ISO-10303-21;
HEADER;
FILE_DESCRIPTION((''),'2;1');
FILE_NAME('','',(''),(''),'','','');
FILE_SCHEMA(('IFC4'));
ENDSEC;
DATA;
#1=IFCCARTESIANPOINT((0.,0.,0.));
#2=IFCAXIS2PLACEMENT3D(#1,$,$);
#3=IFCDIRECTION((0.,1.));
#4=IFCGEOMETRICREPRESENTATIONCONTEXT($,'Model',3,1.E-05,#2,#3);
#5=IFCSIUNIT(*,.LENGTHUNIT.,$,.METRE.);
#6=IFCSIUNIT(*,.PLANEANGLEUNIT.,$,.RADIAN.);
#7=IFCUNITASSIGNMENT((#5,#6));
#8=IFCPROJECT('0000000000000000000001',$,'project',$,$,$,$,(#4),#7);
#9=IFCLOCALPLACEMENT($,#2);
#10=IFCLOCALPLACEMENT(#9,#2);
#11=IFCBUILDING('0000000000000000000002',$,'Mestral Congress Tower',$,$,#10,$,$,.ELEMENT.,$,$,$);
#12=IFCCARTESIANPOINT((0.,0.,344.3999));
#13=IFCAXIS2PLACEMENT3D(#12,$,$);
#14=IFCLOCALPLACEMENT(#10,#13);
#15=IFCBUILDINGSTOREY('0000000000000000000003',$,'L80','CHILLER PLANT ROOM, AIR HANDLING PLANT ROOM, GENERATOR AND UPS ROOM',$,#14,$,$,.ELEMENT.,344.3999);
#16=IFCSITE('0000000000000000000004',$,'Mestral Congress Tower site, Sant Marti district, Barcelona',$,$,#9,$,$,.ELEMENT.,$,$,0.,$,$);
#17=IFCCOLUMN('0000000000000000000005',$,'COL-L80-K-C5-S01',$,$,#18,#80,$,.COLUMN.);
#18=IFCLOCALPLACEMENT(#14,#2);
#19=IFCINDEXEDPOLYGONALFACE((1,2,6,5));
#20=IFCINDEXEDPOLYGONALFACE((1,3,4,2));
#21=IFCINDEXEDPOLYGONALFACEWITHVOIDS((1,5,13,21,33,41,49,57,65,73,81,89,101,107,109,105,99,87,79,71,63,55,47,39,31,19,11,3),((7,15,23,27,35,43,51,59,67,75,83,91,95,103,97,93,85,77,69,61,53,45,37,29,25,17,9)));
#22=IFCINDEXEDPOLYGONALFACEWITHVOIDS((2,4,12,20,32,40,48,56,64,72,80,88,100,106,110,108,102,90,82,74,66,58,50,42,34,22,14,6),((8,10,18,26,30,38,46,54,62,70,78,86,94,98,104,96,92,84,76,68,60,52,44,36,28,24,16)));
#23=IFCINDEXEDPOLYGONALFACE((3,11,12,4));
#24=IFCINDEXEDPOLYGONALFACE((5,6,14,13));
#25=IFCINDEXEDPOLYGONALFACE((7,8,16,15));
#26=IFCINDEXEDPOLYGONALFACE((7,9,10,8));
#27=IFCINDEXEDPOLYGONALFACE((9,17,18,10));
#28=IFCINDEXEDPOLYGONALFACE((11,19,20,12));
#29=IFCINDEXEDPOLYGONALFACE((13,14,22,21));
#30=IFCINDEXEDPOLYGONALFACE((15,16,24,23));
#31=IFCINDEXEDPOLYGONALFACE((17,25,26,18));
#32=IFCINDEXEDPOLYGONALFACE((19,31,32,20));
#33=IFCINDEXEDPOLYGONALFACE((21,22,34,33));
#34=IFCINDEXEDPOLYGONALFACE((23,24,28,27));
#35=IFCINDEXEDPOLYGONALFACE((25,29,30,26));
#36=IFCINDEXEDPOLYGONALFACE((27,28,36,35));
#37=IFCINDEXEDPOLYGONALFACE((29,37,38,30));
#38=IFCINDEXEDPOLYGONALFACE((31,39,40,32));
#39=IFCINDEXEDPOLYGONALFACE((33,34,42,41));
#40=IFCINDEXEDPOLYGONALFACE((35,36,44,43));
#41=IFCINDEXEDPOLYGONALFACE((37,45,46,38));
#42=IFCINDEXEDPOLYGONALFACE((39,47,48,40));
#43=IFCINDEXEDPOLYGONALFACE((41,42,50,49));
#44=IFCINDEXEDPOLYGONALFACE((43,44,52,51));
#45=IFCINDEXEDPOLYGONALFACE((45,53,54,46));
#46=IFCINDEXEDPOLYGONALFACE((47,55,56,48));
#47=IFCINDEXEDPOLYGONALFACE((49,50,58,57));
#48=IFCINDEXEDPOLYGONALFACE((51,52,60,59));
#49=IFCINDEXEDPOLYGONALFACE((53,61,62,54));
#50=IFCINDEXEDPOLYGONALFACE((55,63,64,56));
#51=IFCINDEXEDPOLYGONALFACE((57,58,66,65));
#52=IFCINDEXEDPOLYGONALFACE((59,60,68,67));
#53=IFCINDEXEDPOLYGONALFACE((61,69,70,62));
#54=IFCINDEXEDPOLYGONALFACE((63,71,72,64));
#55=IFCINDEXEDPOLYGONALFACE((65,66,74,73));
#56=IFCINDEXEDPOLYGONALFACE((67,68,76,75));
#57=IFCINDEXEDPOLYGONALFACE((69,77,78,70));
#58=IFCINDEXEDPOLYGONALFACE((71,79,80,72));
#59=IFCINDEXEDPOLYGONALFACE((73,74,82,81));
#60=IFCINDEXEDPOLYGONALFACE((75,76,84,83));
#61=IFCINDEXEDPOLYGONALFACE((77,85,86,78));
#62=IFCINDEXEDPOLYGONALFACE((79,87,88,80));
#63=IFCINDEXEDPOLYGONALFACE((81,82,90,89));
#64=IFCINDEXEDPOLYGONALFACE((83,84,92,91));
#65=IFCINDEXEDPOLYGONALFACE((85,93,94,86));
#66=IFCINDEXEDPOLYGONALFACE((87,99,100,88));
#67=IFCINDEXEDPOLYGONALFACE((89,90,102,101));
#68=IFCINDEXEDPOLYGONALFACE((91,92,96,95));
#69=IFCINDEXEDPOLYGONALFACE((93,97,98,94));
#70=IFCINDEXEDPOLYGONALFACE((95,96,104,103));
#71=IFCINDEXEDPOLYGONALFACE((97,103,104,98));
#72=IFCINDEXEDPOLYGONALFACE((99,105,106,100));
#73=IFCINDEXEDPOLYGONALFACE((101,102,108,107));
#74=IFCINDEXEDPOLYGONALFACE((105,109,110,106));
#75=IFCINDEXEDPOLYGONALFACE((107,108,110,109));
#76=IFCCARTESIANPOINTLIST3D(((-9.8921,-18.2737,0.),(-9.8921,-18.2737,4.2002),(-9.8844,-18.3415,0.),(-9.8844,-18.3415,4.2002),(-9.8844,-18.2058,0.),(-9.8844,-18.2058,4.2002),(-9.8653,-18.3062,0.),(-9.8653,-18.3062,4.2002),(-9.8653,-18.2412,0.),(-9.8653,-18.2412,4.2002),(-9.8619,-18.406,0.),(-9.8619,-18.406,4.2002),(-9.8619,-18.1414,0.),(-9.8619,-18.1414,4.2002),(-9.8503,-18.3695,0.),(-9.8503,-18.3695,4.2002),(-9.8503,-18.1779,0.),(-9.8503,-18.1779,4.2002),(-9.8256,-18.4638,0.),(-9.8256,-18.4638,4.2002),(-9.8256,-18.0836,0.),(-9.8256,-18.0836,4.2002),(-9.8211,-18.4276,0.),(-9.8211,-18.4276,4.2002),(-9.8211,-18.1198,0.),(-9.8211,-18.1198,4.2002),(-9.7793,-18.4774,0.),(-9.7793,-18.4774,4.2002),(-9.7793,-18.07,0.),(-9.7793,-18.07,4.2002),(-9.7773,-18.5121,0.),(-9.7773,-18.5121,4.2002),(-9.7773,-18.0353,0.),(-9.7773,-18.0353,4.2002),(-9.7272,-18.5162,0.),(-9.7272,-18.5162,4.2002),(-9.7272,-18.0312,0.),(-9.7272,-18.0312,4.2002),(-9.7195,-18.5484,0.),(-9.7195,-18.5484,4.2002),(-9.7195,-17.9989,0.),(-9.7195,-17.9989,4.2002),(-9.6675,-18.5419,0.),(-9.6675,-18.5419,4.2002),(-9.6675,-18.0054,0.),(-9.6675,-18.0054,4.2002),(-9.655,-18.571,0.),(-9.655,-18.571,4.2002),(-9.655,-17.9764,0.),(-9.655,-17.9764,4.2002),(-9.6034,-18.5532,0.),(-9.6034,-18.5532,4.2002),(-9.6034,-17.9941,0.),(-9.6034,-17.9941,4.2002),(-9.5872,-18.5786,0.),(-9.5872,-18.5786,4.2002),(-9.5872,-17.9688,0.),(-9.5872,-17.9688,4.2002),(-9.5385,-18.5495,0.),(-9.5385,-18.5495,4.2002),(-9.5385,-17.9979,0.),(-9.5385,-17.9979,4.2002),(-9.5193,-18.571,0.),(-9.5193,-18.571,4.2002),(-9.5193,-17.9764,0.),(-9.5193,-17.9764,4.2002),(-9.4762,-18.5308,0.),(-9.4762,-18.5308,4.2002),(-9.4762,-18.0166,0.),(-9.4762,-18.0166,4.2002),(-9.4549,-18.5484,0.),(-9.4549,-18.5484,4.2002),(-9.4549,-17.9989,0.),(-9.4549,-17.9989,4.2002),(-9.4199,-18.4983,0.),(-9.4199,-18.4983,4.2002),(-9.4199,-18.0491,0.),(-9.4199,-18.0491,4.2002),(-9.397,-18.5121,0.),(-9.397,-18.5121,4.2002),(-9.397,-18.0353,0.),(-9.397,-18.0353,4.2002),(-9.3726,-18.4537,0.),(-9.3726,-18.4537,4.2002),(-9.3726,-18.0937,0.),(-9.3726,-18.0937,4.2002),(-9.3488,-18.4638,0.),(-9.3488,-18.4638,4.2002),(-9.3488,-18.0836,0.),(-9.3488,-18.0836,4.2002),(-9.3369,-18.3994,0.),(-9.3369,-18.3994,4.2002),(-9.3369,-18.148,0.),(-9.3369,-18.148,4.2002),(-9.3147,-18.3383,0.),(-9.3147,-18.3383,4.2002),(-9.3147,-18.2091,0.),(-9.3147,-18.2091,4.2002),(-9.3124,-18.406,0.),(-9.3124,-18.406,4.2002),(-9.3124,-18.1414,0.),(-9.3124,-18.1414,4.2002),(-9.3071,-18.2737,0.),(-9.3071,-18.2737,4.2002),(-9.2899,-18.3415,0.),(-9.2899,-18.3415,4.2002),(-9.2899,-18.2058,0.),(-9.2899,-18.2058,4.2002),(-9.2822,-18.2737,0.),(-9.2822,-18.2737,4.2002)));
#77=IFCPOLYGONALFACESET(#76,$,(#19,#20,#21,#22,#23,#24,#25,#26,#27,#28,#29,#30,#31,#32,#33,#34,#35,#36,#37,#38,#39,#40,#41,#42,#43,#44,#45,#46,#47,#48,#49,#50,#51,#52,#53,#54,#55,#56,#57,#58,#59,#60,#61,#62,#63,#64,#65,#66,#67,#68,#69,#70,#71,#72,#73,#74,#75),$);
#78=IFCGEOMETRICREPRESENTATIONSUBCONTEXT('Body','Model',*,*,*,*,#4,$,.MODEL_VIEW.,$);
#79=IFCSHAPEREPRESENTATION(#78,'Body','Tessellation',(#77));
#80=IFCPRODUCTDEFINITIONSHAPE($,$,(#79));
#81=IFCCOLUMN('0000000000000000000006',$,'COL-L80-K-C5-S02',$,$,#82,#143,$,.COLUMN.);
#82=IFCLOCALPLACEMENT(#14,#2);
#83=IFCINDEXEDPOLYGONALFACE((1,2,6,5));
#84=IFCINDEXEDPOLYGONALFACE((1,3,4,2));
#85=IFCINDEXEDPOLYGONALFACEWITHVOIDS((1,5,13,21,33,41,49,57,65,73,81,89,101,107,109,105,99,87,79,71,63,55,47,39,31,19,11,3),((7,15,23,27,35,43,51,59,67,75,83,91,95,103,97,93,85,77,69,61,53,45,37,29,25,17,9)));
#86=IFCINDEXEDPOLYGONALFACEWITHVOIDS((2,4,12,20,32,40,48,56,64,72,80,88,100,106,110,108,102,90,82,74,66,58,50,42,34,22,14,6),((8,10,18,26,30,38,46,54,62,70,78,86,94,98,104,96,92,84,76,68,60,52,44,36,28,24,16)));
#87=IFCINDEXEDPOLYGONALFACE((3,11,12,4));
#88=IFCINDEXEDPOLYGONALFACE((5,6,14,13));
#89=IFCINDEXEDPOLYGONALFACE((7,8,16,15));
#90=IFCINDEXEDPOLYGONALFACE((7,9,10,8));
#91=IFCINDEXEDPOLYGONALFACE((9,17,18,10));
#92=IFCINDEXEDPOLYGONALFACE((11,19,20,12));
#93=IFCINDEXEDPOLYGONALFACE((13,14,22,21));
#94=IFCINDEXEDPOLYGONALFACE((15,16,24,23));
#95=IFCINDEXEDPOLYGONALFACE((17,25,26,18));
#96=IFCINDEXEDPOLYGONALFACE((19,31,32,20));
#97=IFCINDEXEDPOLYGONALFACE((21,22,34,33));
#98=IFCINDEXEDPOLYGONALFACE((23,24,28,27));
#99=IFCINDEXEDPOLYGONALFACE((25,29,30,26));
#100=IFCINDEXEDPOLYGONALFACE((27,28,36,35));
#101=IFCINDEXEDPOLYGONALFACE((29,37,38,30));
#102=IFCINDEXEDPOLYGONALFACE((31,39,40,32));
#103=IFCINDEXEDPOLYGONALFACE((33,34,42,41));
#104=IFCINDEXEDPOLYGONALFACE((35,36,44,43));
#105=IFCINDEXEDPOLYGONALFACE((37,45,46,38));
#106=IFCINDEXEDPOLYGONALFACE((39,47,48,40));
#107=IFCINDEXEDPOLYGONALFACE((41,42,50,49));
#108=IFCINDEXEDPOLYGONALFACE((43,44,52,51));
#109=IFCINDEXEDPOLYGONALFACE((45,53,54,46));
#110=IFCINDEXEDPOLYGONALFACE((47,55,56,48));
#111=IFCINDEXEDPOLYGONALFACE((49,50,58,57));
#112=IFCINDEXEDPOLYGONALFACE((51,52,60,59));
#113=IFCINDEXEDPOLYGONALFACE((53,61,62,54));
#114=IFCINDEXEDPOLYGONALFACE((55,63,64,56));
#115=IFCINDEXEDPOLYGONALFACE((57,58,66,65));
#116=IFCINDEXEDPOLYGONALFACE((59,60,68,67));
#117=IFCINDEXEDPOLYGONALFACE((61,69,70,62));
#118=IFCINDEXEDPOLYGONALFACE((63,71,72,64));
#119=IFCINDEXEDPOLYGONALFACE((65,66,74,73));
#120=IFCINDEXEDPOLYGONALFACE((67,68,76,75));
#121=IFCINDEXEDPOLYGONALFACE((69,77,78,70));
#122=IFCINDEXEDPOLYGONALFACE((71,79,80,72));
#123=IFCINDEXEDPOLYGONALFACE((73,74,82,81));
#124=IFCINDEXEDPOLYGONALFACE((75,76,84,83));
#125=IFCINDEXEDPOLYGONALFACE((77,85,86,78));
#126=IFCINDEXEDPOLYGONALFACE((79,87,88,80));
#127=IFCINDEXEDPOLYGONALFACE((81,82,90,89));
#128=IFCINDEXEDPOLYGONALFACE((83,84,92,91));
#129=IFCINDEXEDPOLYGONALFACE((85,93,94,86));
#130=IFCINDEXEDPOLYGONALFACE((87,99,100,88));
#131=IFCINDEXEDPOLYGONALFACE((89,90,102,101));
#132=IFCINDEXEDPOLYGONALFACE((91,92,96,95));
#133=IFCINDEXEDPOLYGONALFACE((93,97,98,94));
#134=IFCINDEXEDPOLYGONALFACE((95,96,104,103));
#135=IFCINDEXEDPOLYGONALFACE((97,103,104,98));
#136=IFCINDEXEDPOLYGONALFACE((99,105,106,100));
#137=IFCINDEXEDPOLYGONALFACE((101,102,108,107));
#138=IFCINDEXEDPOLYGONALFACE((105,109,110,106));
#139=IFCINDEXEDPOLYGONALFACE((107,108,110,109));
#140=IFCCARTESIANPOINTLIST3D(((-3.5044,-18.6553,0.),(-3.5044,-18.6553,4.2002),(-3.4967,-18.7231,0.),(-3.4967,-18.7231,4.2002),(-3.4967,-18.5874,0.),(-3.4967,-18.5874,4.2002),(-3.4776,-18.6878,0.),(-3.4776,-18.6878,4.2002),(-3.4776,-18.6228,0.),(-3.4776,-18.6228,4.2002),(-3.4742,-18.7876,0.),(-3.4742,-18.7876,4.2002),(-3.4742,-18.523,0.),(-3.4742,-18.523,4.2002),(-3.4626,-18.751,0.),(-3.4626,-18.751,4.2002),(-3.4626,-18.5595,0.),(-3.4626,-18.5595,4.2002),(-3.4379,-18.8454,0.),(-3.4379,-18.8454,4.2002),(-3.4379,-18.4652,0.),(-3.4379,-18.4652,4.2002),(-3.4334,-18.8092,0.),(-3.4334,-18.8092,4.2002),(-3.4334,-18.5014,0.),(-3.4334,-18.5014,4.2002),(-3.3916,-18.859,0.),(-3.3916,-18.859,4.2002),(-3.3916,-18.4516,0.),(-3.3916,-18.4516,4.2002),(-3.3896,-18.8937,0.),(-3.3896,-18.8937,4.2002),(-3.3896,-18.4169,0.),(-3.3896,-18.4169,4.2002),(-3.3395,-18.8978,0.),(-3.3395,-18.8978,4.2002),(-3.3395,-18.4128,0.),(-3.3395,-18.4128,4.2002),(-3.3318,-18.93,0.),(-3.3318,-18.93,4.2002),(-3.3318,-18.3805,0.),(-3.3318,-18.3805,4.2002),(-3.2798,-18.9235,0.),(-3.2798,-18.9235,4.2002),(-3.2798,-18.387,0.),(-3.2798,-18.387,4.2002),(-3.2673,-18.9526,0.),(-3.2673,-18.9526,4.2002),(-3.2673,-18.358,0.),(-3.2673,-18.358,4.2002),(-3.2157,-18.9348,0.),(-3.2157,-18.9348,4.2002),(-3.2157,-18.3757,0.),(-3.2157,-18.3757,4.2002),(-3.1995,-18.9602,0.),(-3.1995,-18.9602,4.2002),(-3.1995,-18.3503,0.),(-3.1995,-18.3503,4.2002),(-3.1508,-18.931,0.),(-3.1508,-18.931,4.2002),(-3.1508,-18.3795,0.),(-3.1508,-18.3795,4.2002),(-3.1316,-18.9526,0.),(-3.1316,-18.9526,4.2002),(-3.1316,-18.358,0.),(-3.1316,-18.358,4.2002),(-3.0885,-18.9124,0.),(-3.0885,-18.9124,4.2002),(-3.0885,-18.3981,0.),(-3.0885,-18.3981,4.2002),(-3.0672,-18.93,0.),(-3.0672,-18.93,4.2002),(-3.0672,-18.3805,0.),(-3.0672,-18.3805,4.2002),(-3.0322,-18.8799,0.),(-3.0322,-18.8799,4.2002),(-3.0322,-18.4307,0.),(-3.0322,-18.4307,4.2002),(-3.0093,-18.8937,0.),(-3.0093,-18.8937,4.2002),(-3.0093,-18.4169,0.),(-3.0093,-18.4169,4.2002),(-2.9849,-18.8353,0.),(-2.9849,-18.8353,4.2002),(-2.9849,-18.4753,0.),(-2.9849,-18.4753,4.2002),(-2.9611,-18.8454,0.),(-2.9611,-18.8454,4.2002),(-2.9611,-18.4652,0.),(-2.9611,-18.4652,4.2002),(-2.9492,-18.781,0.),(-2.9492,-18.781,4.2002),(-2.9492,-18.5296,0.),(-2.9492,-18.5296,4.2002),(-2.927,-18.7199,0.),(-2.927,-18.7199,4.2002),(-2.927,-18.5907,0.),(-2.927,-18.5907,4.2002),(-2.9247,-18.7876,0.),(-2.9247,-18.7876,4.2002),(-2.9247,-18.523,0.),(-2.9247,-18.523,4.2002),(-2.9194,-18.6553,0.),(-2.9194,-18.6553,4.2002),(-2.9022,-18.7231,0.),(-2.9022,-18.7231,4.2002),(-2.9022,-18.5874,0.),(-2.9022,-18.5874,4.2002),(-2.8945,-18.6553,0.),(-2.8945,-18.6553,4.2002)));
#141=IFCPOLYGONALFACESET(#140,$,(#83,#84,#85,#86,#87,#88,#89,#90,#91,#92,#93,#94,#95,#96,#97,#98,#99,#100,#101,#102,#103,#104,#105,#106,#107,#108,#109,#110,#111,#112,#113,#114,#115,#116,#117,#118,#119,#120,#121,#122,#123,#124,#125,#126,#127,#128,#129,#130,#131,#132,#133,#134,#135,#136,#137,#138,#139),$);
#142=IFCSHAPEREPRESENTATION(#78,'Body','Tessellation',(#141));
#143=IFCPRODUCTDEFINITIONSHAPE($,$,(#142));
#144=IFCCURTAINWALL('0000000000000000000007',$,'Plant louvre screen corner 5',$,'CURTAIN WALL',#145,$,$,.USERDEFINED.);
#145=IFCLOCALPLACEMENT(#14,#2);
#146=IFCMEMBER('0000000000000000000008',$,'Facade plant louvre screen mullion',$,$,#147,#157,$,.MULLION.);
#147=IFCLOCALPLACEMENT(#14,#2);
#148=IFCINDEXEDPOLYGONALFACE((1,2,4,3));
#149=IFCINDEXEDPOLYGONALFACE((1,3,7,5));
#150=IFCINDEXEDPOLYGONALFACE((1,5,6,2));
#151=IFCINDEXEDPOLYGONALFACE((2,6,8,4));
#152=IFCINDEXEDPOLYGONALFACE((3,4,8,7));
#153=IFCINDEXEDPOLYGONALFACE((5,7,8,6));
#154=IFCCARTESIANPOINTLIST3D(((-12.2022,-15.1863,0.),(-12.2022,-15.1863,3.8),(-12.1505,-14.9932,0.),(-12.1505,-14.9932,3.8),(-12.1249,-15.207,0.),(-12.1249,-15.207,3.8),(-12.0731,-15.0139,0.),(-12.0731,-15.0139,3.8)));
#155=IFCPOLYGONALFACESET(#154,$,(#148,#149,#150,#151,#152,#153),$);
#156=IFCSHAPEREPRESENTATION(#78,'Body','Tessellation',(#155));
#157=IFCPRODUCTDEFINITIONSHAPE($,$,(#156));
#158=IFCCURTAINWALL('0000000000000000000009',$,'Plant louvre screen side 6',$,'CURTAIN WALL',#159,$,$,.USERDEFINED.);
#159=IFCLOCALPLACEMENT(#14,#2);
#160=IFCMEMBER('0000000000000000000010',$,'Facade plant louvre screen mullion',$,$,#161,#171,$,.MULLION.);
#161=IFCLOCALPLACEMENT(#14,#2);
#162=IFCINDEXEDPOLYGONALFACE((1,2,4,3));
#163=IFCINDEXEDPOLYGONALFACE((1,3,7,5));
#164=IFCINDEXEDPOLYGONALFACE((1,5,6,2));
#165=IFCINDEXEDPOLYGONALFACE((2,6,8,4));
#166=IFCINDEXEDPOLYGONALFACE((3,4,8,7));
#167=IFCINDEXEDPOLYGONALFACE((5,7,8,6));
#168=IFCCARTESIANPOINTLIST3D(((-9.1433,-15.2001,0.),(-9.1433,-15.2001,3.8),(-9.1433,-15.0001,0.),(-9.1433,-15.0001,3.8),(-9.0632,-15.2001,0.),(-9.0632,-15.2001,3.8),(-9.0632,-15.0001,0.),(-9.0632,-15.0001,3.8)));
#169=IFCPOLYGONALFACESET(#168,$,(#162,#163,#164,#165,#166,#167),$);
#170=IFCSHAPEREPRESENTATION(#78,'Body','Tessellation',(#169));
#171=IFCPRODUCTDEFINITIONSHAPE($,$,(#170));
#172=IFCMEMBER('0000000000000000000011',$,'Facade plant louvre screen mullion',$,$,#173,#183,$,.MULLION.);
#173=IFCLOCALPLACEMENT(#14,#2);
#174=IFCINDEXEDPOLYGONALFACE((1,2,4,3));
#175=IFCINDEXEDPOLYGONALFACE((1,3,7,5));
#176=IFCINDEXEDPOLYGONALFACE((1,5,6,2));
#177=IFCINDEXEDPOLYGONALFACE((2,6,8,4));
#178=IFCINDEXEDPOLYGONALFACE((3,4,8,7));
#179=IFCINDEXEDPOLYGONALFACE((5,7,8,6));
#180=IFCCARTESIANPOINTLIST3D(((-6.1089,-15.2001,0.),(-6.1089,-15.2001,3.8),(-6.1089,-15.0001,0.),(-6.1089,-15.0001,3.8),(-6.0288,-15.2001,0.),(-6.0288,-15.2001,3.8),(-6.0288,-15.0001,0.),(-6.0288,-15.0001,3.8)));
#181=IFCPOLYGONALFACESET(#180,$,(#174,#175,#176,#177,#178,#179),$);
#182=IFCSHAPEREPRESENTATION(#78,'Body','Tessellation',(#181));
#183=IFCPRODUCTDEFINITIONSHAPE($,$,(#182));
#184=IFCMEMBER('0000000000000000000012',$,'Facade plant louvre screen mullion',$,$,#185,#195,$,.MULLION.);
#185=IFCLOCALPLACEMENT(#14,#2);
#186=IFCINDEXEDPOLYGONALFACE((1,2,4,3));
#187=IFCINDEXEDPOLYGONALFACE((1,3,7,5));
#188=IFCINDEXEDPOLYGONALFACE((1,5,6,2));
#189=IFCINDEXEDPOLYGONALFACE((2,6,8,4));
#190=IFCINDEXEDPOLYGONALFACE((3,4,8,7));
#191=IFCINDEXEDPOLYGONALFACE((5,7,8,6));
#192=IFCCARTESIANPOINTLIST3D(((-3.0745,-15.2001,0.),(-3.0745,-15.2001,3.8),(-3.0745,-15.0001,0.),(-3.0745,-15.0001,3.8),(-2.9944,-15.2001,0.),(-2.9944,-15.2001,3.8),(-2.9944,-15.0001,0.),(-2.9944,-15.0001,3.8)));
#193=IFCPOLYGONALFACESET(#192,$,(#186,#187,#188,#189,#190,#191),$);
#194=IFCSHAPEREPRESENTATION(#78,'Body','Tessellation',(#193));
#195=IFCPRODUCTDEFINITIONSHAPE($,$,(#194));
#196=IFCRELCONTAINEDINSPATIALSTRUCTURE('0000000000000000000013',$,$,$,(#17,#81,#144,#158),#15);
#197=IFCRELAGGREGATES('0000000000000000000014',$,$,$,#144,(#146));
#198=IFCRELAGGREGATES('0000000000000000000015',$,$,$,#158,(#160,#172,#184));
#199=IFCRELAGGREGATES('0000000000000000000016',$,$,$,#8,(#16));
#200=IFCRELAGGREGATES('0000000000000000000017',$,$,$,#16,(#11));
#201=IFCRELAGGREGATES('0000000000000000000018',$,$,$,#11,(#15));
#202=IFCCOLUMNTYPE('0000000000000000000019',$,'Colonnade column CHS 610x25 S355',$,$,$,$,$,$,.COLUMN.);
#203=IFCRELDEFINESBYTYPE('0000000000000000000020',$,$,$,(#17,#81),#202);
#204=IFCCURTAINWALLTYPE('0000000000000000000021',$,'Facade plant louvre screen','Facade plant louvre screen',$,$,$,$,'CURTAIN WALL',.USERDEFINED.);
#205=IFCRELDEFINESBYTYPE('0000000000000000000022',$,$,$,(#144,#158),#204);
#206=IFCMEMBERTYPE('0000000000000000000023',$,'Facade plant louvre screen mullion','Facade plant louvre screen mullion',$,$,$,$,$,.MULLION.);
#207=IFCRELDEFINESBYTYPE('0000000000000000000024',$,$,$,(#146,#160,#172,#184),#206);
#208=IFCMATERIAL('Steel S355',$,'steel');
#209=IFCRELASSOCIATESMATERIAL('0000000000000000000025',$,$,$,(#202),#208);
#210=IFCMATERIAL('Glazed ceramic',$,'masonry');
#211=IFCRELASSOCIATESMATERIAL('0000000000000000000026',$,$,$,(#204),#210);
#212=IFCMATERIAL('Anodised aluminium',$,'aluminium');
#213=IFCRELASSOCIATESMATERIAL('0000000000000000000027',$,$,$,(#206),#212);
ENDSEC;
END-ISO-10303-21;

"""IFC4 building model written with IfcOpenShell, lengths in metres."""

from ifc_helpers import new_model, si_unit, direction, frame, origin, origin_2d, place, context, subcontext, project, spatial, rectangle, hollow_circle, extrude, material, material_profile, profile_set, type_object, element, aggregate, save


model = new_model("IFC4")

# Units and contexts
model_context = context("Model", 3, precision=1e-05, world=origin(), true_north=direction((0.0, 1.0)))
body_context = subcontext(model_context, "Body", "Model", "MODEL_VIEW")
ifc_project = project(units=[si_unit("LENGTHUNIT", "METRE"), si_unit("PLANEANGLEUNIT", "RADIAN")], contexts=[model_context])

# Site, building, storey
site_placement = place(None, origin())
site = spatial("IfcSite", under=ifc_project, at=site_placement, Name="Mestral Congress Tower site, Sant Marti district, Barcelona", CompositionType="ELEMENT", RefElevation=0.0)
building_placement = place(site_placement, origin())
building = spatial("IfcBuilding", under=site, at=building_placement, Name="Mestral Congress Tower", CompositionType="ELEMENT")
storey_placement = place(building_placement, frame((0.0, 0.0, 344.3999)))
storey = spatial("IfcBuildingStorey", under=building, at=storey_placement, Name="L80", Description="CHILLER PLANT ROOM, AIR HANDLING PLANT ROOM, GENERATOR AND UPS ROOM", CompositionType="ELEMENT", Elevation=344.3999)

# Columns
ifc_material_1 = material(Name="Steel S355", Category="steel")
ifc_material_profile_1 = material_profile(ifc_material_1, hollow_circle(Radius=0.3049, WallThickness=0.0249, at=origin_2d()), Name="CHS 610x25")
ifc_profile_set_1 = profile_set([ifc_material_profile_1], Name="Steel S355")
column_type = type_object("IfcColumnType", Name="Colonnade column CHS 610x25 S355", PredefinedType="COLUMN", material=ifc_profile_set_1)
for number, where, z_axis, x_axis, name in (
    (1, (-9.5872, -18.2737, 0.0), (0.0, 0.0, 1.0), (1.0, 0.0, 0.0), "COL-L80-K-C5-S01"),
    (2, (-3.1995, -18.6553, 0.0), (0.0, 0.0, 1.0), (1.0, 0.0, 0.0), "COL-L80-K-C5-S02"),
):
    element("IfcColumn", number, at=place(storey_placement, frame(where, z_axis=z_axis, x_axis=x_axis)), inside=storey, type_object=column_type, Name=name, PredefinedType="COLUMN", context=body_context, shape_type="SweptSolid", body=[
        extrude(hollow_circle(Radius=0.3049, WallThickness=0.0249, at=origin_2d()), origin(), (0.0, 0.0, 1.0), 4.2002),
    ])

# Curtain wall, member
ifc_material_2 = material(Name="Glazed ceramic", Category="masonry")
curtain_wall_type = type_object("IfcCurtainWallType", Name="Facade plant louvre screen", Description="Facade plant louvre screen", ElementType="CURTAIN WALL", PredefinedType="USERDEFINED", material=ifc_material_2)
placement = place(storey_placement, origin())
curtain_wall_1 = element("IfcCurtainWall", 3, at=placement, inside=storey, type_object=curtain_wall_type, Name="Plant louvre screen corner 5", ObjectType="CURTAIN WALL", PredefinedType="USERDEFINED")
ifc_material_3 = material(Name="Anodised aluminium", Category="aluminium")
ifc_material_profile_2 = material_profile(ifc_material_3, rectangle(XDim=0.2, YDim=0.0801, at=origin_2d()), Name="CW6 mullion 200 x 80")
ifc_profile_set_2 = profile_set([ifc_material_profile_2], Name="Anodised aluminium")
member_type_1 = type_object("IfcMemberType", Name="Facade plant louvre screen mullion", Description="Facade plant louvre screen mullion", PredefinedType="MULLION", material=ifc_profile_set_2)
member_1_placement = place(storey_placement, frame((-12.1377, -15.1001, 0.0), z_axis=(0.0, 0.0, 1.0), x_axis=(-0.258819, -0.965926, 0.0)))
member_1 = element("IfcMember", 4, at=member_1_placement, type_object=member_type_1, Name="Facade plant louvre screen mullion", PredefinedType="MULLION", context=body_context, shape_type="SweptSolid", body=[
    extrude(rectangle(XDim=0.2, YDim=0.0801, at=origin_2d()), origin(), (0.0, 0.0, 1.0), 3.8),
])
aggregate(curtain_wall_1, [member_1])

# Curtain wall, members
curtain_wall_2 = element("IfcCurtainWall", 5, at=placement, inside=storey, type_object=curtain_wall_type, Name="Plant louvre screen side 6", ObjectType="CURTAIN WALL", PredefinedType="USERDEFINED")
member_2_placement = place(storey_placement, frame((-9.1033, -15.1001, 0.0), z_axis=(0.0, 0.0, 1.0), x_axis=(0.0, -1.0, 0.0)))
member_2 = element("IfcMember", 6, at=member_2_placement, type_object=member_type_1, Name="Facade plant louvre screen mullion", PredefinedType="MULLION", context=body_context, shape_type="SweptSolid", body=[
    extrude(rectangle(XDim=0.2, YDim=0.0801, at=origin_2d()), origin(), (0.0, 0.0, 1.0), 3.8),
])
member_3_placement = place(storey_placement, frame((-6.0688, -15.1001, 0.0), z_axis=(0.0, 0.0, 1.0), x_axis=(0.0, -1.0, 0.0)))
member_3 = element("IfcMember", 7, at=member_3_placement, type_object=member_type_1, Name="Facade plant louvre screen mullion", PredefinedType="MULLION", context=body_context, shape_type="SweptSolid", body=[
    extrude(rectangle(XDim=0.2, YDim=0.0801, at=origin_2d()), origin(), (0.0, 0.0, 1.0), 3.8),
])
member_4_placement = place(storey_placement, frame((-3.0344, -15.1001, 0.0), z_axis=(0.0, 0.0, 1.0), x_axis=(0.0, -1.0, 0.0)))
member_4 = element("IfcMember", 8, at=member_4_placement, type_object=member_type_1, Name="Facade plant louvre screen mullion", PredefinedType="MULLION", context=body_context, shape_type="SweptSolid", body=[
    extrude(rectangle(XDim=0.2, YDim=0.0801, at=origin_2d()), origin(), (0.0, 0.0, 1.0), 3.8),
])

aggregate(curtain_wall_2, [member_2, member_3, member_4])

save(model, "model.ifc")
